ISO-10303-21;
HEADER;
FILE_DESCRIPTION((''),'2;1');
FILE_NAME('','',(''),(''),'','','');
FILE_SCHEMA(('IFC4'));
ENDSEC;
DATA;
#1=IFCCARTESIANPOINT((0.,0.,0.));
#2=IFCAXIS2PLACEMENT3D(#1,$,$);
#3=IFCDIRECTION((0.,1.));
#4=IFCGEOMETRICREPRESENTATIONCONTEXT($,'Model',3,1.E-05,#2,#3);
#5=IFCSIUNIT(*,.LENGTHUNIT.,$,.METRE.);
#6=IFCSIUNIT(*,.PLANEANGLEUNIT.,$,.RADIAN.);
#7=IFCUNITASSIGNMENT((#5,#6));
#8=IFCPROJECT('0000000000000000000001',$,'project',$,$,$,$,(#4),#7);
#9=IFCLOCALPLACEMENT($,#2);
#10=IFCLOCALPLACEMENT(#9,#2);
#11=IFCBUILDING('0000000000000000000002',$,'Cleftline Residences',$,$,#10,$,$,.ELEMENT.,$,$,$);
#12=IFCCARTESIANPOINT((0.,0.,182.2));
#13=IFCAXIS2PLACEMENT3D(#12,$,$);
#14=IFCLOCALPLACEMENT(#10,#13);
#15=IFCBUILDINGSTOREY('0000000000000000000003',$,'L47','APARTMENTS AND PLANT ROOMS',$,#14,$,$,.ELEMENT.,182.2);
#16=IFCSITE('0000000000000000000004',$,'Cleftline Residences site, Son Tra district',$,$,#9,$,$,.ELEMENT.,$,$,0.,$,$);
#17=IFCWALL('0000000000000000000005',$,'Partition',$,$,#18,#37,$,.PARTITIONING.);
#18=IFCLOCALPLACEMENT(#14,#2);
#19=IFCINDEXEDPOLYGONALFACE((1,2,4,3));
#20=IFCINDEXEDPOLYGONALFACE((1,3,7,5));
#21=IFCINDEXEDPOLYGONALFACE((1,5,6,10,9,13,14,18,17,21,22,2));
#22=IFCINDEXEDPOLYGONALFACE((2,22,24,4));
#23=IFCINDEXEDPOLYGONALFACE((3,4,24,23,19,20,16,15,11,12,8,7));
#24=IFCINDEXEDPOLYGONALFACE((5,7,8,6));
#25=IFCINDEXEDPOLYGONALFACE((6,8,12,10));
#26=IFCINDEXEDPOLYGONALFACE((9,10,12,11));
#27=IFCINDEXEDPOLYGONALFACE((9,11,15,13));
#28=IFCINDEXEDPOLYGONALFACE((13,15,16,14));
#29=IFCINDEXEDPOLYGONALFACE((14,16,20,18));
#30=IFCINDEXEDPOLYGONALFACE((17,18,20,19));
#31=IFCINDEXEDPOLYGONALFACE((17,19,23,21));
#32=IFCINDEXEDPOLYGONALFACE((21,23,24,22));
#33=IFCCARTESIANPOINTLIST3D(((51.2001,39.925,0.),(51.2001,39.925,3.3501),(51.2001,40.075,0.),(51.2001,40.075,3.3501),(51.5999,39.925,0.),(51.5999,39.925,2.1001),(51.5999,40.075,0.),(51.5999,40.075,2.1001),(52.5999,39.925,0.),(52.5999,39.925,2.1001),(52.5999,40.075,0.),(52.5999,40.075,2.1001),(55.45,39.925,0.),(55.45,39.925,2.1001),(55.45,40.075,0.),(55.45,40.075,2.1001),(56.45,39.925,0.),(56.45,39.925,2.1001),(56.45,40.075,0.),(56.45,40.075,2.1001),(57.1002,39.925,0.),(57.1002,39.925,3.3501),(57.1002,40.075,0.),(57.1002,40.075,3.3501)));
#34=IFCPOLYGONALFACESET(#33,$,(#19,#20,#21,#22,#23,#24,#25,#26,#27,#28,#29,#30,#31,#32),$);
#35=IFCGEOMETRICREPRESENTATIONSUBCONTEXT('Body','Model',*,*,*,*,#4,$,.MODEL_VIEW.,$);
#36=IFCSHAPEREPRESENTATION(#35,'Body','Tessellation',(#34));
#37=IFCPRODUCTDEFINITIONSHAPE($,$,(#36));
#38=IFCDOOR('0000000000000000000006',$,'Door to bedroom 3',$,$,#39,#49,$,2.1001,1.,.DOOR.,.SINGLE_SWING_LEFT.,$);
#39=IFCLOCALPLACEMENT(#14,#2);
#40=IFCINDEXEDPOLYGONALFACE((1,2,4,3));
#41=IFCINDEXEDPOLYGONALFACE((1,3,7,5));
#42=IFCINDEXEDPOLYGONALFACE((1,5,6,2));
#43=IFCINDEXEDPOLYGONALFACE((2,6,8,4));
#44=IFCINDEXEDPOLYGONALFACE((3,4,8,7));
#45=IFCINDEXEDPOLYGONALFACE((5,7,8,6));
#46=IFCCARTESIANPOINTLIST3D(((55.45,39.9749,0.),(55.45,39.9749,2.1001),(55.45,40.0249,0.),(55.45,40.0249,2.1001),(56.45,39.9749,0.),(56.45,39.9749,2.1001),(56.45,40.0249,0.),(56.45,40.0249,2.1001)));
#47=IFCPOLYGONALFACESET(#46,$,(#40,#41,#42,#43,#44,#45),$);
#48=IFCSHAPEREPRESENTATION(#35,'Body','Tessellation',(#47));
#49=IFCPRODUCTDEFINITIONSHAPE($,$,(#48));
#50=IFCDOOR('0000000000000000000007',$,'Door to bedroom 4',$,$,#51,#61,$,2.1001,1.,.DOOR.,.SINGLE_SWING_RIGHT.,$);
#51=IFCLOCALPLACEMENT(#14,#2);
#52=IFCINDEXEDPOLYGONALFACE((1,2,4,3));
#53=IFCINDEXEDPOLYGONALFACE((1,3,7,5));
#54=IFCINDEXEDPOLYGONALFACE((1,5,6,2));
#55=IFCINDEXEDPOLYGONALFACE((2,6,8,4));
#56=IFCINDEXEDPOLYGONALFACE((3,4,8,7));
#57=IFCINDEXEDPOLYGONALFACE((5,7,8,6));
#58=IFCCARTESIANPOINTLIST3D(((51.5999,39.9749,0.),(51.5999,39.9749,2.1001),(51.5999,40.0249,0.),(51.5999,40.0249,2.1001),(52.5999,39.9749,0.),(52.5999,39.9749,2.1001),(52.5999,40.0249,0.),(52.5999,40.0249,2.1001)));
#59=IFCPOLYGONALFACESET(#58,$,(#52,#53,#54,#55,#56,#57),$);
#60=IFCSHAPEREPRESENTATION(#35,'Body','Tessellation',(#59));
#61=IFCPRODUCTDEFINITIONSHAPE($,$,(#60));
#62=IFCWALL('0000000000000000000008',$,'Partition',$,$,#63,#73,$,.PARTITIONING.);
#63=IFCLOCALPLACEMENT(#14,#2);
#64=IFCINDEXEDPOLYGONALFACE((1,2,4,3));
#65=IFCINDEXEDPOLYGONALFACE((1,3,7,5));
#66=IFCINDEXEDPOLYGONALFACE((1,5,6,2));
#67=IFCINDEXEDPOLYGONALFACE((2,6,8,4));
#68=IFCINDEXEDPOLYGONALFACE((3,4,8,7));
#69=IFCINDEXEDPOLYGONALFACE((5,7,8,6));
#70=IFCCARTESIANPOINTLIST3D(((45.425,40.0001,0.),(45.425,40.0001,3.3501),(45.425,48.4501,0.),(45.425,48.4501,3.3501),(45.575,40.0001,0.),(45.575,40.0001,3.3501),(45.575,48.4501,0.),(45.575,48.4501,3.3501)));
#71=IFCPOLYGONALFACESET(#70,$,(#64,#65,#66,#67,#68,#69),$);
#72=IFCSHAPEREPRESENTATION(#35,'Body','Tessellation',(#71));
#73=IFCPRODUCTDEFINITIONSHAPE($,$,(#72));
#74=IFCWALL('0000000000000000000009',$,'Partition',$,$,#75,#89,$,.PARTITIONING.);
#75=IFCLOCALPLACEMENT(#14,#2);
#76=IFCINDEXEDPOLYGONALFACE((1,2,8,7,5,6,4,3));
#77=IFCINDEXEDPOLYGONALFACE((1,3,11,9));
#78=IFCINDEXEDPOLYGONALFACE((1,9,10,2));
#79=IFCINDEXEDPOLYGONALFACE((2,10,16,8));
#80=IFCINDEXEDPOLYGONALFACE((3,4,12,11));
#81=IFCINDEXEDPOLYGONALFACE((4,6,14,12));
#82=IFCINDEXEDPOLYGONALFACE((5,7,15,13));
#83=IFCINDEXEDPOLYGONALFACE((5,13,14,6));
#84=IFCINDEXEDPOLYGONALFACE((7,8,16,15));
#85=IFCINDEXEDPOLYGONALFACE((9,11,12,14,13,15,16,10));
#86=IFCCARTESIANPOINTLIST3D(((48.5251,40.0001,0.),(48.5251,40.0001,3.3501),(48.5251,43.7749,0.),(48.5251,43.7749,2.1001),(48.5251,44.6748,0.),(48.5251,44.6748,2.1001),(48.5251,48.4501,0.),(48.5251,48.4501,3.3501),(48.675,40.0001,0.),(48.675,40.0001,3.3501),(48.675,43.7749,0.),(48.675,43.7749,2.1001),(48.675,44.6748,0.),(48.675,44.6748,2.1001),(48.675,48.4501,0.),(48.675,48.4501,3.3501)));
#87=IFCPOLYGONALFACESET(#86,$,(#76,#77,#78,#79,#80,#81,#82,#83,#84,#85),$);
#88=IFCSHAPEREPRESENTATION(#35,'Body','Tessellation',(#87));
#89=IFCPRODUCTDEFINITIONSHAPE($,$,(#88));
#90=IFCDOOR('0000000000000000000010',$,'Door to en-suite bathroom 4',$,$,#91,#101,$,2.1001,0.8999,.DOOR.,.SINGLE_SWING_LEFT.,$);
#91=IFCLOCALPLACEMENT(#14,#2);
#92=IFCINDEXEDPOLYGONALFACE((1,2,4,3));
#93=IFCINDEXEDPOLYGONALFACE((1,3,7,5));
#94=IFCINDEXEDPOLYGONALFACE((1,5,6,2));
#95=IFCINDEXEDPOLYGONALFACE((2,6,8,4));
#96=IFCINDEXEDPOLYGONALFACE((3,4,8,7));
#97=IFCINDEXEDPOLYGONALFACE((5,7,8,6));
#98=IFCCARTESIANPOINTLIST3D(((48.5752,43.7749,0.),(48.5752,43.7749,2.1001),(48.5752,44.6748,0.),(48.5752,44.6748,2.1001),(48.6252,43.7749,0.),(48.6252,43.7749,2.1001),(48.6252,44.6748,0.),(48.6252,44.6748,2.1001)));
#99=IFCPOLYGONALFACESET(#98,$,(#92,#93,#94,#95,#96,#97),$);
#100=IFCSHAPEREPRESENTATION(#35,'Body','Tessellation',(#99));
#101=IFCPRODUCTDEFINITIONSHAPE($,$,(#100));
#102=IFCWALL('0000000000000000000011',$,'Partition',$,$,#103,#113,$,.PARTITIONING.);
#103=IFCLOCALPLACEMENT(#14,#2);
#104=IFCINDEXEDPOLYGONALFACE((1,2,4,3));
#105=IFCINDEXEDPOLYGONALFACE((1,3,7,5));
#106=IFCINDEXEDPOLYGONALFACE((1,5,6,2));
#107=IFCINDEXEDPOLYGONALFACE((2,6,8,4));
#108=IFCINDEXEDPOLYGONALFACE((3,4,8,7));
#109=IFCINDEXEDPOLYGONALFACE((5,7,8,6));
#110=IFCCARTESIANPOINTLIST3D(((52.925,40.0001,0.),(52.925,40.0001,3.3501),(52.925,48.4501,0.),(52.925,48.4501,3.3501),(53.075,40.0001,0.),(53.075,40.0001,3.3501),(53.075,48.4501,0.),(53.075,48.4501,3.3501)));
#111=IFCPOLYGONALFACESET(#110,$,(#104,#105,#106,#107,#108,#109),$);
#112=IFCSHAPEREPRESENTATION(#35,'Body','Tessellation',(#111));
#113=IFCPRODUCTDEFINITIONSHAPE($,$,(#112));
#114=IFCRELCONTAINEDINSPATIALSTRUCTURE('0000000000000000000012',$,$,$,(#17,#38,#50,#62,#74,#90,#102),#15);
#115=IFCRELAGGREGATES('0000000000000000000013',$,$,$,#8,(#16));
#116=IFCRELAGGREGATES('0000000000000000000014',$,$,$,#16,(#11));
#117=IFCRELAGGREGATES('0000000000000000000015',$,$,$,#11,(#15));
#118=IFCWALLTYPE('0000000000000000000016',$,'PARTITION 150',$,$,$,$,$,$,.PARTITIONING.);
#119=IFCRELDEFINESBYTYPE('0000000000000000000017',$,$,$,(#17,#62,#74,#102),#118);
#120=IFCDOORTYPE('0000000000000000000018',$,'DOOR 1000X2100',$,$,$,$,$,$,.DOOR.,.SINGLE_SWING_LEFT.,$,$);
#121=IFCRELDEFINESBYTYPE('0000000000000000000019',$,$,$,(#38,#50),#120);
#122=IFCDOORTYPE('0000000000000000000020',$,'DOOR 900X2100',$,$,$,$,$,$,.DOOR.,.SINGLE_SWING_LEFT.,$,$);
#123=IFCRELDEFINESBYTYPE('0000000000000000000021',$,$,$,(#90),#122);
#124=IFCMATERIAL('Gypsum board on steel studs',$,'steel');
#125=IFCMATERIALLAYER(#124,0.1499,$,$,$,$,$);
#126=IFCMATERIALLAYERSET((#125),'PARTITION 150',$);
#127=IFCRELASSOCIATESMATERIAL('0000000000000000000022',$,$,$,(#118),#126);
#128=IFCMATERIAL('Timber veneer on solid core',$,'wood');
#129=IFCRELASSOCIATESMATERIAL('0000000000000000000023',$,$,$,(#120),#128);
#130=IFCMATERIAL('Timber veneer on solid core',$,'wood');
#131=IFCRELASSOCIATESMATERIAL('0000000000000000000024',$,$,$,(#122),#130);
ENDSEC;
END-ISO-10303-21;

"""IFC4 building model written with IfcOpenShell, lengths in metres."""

from ifc_helpers import new_model, si_unit, direction, frame, frame_2d, origin, place, context, subcontext, project, spatial, rectangle, extrude, material, layer, layer_set, type_object, element, fill, save


model = new_model("IFC4")

# Units and contexts
model_context = context("Model", 3, precision=1e-05, world=origin(), true_north=direction((0.0, 1.0)))
body_context = subcontext(model_context, "Body", "Model", "MODEL_VIEW")
ifc_project = project(units=[si_unit("LENGTHUNIT", "METRE"), si_unit("PLANEANGLEUNIT", "RADIAN")], contexts=[model_context])

# Site, building, storey
site_placement = place(None, origin())
site = spatial("IfcSite", under=ifc_project, at=site_placement, Name="Cleftline Residences site, Son Tra district", CompositionType="ELEMENT", RefElevation=0.0)
building_placement = place(site_placement, origin())
building = spatial("IfcBuilding", under=site, at=building_placement, Name="Cleftline Residences", CompositionType="ELEMENT")
storey_placement = place(building_placement, frame((0.0, 0.0, 182.2)))
storey = spatial("IfcBuildingStorey", under=building, at=storey_placement, Name="L47", Description="APARTMENTS AND PLANT ROOMS", CompositionType="ELEMENT", Elevation=182.2)

# Shared definitions
ifc_material_1 = material(Name="Gypsum board on steel studs", Category="steel")
ifc_layer_1 = layer(ifc_material_1, 0.1499)
ifc_layer_set_1 = layer_set([ifc_layer_1], Name="PARTITION 150")
wall_type = type_object("IfcWallType", Name="PARTITION 150", PredefinedType="PARTITIONING", material=ifc_layer_set_1)
ifc_material_2 = material(Name="Timber veneer on solid core", Category="wood")
door_type_1 = type_object("IfcDoorType", Name="DOOR 1000X2100", OperationType="SINGLE_SWING_LEFT", PredefinedType="DOOR", material=ifc_material_2)
ifc_material_3 = material(Name="Timber veneer on solid core", Category="wood")
door_type_2 = type_object("IfcDoorType", Name="DOOR 900X2100", OperationType="SINGLE_SWING_LEFT", PredefinedType="DOOR", material=ifc_material_3)

# Wall, openings, doors
wall_1_placement = place(storey_placement, frame((51.2, 40.0, 0.0), z_axis=(0.0, 0.0, 1.0), x_axis=(1.0, 0.0, 0.0)))
wall_1 = element("IfcWall", 1, at=wall_1_placement, inside=storey, type_object=wall_type, Name="Partition", PredefinedType="PARTITIONING", context=body_context, shape_type="SweptSolid", body=[
    extrude(rectangle(XDim=5.9001, YDim=0.1499, at=frame_2d((2.9502, 0.0))), origin(), (0.0, 0.0, 1.0), 3.3501),
])
opening_1_placement = place(wall_1_placement, frame((4.25, 0.0, 0.0)))
opening_1 = element("IfcOpeningElement", 2, at=opening_1_placement, cuts=wall_1, PredefinedType="OPENING", context=body_context, shape_type="SweptSolid", body=[
    extrude(rectangle(XDim=1.0, YDim=2.1001, at=frame_2d((0.5, 1.05))), frame((0.0, 0.085, 0.0), z_axis=(0.0, -1.0, 0.0), x_axis=(1.0, 0.0, 0.0)), (0.0, 0.0, 1.0), 0.1699),
])
opening_2_placement = place(wall_1_placement, frame((0.3999, 0.0, 0.0)))
opening_2 = element("IfcOpeningElement", 3, at=opening_2_placement, cuts=wall_1, PredefinedType="OPENING", context=body_context, shape_type="SweptSolid", body=[
    extrude(rectangle(XDim=1.0, YDim=2.1001, at=frame_2d((0.5, 1.05))), frame((0.0, 0.085, 0.0), z_axis=(0.0, -1.0, 0.0), x_axis=(1.0, 0.0, 0.0)), (0.0, 0.0, 1.0), 0.1699),
])
door_1_placement = place(opening_1_placement, origin())
door_1 = element("IfcDoor", 4, at=door_1_placement, inside=storey, type_object=door_type_1, Name="Door to bedroom 3", OperationType="SINGLE_SWING_LEFT", OverallHeight=2.1001, OverallWidth=1.0, PredefinedType="DOOR", context=body_context, shape_type="SweptSolid", body=[
    extrude(rectangle(XDim=1.0, YDim=2.1001, at=frame_2d((0.5, 1.05))), frame((0.0, 0.0249, 0.0), z_axis=(0.0, -1.0, 0.0), x_axis=(1.0, 0.0, 0.0)), (0.0, 0.0, 1.0), 0.05),
])
fill(opening_1, door_1)
door_2_placement = place(opening_2_placement, origin())
door_2 = element("IfcDoor", 5, at=door_2_placement, inside=storey, type_object=door_type_1, Name="Door to bedroom 4", OperationType="SINGLE_SWING_RIGHT", OverallHeight=2.1001, OverallWidth=1.0, PredefinedType="DOOR", context=body_context, shape_type="SweptSolid", body=[
    extrude(rectangle(XDim=1.0, YDim=2.1001, at=frame_2d((0.5, 1.05))), frame((0.0, 0.0249, 0.0), z_axis=(0.0, -1.0, 0.0), x_axis=(1.0, 0.0, 0.0)), (0.0, 0.0, 1.0), 0.05),
])
fill(opening_2, door_2)

# Wall
wall_2_placement = place(storey_placement, frame((45.5, 40.0, 0.0), z_axis=(0.0, 0.0, 1.0), x_axis=(0.0, 1.0, 0.0)))
element("IfcWall", 6, at=wall_2_placement, inside=storey, type_object=wall_type, Name="Partition", PredefinedType="PARTITIONING", context=body_context, shape_type="SweptSolid", body=[
    extrude(rectangle(XDim=8.45, YDim=0.1499, at=frame_2d((4.2251, 0.0))), origin(), (0.0, 0.0, 1.0), 3.3501),
])

# Wall, opening, door
wall_3_placement = place(storey_placement, frame((48.6001, 40.0, 0.0), z_axis=(0.0, 0.0, 1.0), x_axis=(0.0, 1.0, 0.0)))
wall_3 = element("IfcWall", 7, at=wall_3_placement, inside=storey, type_object=wall_type, Name="Partition", PredefinedType="PARTITIONING", context=body_context, shape_type="SweptSolid", body=[
    extrude(rectangle(XDim=8.45, YDim=0.1499, at=frame_2d((4.2251, 0.0))), origin(), (0.0, 0.0, 1.0), 3.3501),
])
opening_3_placement = place(wall_3_placement, frame((3.7749, 0.0, 0.0)))
opening_3 = element("IfcOpeningElement", 8, at=opening_3_placement, cuts=wall_3, PredefinedType="OPENING", context=body_context, shape_type="SweptSolid", body=[
    extrude(rectangle(XDim=0.8999, YDim=2.1001, at=frame_2d((0.45, 1.05))), frame((0.0, 0.085, 0.0), z_axis=(0.0, -1.0, 0.0), x_axis=(1.0, 0.0, 0.0)), (0.0, 0.0, 1.0), 0.1699),
])
door_3_placement = place(opening_3_placement, origin())
door_3 = element("IfcDoor", 9, at=door_3_placement, inside=storey, type_object=door_type_2, Name="Door to en-suite bathroom 4", OperationType="SINGLE_SWING_LEFT", OverallHeight=2.1001, OverallWidth=0.8999, PredefinedType="DOOR", context=body_context, shape_type="SweptSolid", body=[
    extrude(rectangle(XDim=0.8999, YDim=2.1001, at=frame_2d((0.45, 1.05))), frame((0.0, 0.0249, 0.0), z_axis=(0.0, -1.0, 0.0), x_axis=(1.0, 0.0, 0.0)), (0.0, 0.0, 1.0), 0.05),
])
fill(opening_3, door_3)

# Wall
wall_4_placement = place(storey_placement, frame((53.0, 40.0, 0.0), z_axis=(0.0, 0.0, 1.0), x_axis=(0.0, 1.0, 0.0)))
element("IfcWall", 10, at=wall_4_placement, inside=storey, type_object=wall_type, Name="Partition", PredefinedType="PARTITIONING", context=body_context, shape_type="SweptSolid", body=[
    extrude(rectangle(XDim=8.45, YDim=0.1499, at=frame_2d((4.2251, 0.0))), origin(), (0.0, 0.0, 1.0), 3.3501),
])

save(model, "model.ifc")
